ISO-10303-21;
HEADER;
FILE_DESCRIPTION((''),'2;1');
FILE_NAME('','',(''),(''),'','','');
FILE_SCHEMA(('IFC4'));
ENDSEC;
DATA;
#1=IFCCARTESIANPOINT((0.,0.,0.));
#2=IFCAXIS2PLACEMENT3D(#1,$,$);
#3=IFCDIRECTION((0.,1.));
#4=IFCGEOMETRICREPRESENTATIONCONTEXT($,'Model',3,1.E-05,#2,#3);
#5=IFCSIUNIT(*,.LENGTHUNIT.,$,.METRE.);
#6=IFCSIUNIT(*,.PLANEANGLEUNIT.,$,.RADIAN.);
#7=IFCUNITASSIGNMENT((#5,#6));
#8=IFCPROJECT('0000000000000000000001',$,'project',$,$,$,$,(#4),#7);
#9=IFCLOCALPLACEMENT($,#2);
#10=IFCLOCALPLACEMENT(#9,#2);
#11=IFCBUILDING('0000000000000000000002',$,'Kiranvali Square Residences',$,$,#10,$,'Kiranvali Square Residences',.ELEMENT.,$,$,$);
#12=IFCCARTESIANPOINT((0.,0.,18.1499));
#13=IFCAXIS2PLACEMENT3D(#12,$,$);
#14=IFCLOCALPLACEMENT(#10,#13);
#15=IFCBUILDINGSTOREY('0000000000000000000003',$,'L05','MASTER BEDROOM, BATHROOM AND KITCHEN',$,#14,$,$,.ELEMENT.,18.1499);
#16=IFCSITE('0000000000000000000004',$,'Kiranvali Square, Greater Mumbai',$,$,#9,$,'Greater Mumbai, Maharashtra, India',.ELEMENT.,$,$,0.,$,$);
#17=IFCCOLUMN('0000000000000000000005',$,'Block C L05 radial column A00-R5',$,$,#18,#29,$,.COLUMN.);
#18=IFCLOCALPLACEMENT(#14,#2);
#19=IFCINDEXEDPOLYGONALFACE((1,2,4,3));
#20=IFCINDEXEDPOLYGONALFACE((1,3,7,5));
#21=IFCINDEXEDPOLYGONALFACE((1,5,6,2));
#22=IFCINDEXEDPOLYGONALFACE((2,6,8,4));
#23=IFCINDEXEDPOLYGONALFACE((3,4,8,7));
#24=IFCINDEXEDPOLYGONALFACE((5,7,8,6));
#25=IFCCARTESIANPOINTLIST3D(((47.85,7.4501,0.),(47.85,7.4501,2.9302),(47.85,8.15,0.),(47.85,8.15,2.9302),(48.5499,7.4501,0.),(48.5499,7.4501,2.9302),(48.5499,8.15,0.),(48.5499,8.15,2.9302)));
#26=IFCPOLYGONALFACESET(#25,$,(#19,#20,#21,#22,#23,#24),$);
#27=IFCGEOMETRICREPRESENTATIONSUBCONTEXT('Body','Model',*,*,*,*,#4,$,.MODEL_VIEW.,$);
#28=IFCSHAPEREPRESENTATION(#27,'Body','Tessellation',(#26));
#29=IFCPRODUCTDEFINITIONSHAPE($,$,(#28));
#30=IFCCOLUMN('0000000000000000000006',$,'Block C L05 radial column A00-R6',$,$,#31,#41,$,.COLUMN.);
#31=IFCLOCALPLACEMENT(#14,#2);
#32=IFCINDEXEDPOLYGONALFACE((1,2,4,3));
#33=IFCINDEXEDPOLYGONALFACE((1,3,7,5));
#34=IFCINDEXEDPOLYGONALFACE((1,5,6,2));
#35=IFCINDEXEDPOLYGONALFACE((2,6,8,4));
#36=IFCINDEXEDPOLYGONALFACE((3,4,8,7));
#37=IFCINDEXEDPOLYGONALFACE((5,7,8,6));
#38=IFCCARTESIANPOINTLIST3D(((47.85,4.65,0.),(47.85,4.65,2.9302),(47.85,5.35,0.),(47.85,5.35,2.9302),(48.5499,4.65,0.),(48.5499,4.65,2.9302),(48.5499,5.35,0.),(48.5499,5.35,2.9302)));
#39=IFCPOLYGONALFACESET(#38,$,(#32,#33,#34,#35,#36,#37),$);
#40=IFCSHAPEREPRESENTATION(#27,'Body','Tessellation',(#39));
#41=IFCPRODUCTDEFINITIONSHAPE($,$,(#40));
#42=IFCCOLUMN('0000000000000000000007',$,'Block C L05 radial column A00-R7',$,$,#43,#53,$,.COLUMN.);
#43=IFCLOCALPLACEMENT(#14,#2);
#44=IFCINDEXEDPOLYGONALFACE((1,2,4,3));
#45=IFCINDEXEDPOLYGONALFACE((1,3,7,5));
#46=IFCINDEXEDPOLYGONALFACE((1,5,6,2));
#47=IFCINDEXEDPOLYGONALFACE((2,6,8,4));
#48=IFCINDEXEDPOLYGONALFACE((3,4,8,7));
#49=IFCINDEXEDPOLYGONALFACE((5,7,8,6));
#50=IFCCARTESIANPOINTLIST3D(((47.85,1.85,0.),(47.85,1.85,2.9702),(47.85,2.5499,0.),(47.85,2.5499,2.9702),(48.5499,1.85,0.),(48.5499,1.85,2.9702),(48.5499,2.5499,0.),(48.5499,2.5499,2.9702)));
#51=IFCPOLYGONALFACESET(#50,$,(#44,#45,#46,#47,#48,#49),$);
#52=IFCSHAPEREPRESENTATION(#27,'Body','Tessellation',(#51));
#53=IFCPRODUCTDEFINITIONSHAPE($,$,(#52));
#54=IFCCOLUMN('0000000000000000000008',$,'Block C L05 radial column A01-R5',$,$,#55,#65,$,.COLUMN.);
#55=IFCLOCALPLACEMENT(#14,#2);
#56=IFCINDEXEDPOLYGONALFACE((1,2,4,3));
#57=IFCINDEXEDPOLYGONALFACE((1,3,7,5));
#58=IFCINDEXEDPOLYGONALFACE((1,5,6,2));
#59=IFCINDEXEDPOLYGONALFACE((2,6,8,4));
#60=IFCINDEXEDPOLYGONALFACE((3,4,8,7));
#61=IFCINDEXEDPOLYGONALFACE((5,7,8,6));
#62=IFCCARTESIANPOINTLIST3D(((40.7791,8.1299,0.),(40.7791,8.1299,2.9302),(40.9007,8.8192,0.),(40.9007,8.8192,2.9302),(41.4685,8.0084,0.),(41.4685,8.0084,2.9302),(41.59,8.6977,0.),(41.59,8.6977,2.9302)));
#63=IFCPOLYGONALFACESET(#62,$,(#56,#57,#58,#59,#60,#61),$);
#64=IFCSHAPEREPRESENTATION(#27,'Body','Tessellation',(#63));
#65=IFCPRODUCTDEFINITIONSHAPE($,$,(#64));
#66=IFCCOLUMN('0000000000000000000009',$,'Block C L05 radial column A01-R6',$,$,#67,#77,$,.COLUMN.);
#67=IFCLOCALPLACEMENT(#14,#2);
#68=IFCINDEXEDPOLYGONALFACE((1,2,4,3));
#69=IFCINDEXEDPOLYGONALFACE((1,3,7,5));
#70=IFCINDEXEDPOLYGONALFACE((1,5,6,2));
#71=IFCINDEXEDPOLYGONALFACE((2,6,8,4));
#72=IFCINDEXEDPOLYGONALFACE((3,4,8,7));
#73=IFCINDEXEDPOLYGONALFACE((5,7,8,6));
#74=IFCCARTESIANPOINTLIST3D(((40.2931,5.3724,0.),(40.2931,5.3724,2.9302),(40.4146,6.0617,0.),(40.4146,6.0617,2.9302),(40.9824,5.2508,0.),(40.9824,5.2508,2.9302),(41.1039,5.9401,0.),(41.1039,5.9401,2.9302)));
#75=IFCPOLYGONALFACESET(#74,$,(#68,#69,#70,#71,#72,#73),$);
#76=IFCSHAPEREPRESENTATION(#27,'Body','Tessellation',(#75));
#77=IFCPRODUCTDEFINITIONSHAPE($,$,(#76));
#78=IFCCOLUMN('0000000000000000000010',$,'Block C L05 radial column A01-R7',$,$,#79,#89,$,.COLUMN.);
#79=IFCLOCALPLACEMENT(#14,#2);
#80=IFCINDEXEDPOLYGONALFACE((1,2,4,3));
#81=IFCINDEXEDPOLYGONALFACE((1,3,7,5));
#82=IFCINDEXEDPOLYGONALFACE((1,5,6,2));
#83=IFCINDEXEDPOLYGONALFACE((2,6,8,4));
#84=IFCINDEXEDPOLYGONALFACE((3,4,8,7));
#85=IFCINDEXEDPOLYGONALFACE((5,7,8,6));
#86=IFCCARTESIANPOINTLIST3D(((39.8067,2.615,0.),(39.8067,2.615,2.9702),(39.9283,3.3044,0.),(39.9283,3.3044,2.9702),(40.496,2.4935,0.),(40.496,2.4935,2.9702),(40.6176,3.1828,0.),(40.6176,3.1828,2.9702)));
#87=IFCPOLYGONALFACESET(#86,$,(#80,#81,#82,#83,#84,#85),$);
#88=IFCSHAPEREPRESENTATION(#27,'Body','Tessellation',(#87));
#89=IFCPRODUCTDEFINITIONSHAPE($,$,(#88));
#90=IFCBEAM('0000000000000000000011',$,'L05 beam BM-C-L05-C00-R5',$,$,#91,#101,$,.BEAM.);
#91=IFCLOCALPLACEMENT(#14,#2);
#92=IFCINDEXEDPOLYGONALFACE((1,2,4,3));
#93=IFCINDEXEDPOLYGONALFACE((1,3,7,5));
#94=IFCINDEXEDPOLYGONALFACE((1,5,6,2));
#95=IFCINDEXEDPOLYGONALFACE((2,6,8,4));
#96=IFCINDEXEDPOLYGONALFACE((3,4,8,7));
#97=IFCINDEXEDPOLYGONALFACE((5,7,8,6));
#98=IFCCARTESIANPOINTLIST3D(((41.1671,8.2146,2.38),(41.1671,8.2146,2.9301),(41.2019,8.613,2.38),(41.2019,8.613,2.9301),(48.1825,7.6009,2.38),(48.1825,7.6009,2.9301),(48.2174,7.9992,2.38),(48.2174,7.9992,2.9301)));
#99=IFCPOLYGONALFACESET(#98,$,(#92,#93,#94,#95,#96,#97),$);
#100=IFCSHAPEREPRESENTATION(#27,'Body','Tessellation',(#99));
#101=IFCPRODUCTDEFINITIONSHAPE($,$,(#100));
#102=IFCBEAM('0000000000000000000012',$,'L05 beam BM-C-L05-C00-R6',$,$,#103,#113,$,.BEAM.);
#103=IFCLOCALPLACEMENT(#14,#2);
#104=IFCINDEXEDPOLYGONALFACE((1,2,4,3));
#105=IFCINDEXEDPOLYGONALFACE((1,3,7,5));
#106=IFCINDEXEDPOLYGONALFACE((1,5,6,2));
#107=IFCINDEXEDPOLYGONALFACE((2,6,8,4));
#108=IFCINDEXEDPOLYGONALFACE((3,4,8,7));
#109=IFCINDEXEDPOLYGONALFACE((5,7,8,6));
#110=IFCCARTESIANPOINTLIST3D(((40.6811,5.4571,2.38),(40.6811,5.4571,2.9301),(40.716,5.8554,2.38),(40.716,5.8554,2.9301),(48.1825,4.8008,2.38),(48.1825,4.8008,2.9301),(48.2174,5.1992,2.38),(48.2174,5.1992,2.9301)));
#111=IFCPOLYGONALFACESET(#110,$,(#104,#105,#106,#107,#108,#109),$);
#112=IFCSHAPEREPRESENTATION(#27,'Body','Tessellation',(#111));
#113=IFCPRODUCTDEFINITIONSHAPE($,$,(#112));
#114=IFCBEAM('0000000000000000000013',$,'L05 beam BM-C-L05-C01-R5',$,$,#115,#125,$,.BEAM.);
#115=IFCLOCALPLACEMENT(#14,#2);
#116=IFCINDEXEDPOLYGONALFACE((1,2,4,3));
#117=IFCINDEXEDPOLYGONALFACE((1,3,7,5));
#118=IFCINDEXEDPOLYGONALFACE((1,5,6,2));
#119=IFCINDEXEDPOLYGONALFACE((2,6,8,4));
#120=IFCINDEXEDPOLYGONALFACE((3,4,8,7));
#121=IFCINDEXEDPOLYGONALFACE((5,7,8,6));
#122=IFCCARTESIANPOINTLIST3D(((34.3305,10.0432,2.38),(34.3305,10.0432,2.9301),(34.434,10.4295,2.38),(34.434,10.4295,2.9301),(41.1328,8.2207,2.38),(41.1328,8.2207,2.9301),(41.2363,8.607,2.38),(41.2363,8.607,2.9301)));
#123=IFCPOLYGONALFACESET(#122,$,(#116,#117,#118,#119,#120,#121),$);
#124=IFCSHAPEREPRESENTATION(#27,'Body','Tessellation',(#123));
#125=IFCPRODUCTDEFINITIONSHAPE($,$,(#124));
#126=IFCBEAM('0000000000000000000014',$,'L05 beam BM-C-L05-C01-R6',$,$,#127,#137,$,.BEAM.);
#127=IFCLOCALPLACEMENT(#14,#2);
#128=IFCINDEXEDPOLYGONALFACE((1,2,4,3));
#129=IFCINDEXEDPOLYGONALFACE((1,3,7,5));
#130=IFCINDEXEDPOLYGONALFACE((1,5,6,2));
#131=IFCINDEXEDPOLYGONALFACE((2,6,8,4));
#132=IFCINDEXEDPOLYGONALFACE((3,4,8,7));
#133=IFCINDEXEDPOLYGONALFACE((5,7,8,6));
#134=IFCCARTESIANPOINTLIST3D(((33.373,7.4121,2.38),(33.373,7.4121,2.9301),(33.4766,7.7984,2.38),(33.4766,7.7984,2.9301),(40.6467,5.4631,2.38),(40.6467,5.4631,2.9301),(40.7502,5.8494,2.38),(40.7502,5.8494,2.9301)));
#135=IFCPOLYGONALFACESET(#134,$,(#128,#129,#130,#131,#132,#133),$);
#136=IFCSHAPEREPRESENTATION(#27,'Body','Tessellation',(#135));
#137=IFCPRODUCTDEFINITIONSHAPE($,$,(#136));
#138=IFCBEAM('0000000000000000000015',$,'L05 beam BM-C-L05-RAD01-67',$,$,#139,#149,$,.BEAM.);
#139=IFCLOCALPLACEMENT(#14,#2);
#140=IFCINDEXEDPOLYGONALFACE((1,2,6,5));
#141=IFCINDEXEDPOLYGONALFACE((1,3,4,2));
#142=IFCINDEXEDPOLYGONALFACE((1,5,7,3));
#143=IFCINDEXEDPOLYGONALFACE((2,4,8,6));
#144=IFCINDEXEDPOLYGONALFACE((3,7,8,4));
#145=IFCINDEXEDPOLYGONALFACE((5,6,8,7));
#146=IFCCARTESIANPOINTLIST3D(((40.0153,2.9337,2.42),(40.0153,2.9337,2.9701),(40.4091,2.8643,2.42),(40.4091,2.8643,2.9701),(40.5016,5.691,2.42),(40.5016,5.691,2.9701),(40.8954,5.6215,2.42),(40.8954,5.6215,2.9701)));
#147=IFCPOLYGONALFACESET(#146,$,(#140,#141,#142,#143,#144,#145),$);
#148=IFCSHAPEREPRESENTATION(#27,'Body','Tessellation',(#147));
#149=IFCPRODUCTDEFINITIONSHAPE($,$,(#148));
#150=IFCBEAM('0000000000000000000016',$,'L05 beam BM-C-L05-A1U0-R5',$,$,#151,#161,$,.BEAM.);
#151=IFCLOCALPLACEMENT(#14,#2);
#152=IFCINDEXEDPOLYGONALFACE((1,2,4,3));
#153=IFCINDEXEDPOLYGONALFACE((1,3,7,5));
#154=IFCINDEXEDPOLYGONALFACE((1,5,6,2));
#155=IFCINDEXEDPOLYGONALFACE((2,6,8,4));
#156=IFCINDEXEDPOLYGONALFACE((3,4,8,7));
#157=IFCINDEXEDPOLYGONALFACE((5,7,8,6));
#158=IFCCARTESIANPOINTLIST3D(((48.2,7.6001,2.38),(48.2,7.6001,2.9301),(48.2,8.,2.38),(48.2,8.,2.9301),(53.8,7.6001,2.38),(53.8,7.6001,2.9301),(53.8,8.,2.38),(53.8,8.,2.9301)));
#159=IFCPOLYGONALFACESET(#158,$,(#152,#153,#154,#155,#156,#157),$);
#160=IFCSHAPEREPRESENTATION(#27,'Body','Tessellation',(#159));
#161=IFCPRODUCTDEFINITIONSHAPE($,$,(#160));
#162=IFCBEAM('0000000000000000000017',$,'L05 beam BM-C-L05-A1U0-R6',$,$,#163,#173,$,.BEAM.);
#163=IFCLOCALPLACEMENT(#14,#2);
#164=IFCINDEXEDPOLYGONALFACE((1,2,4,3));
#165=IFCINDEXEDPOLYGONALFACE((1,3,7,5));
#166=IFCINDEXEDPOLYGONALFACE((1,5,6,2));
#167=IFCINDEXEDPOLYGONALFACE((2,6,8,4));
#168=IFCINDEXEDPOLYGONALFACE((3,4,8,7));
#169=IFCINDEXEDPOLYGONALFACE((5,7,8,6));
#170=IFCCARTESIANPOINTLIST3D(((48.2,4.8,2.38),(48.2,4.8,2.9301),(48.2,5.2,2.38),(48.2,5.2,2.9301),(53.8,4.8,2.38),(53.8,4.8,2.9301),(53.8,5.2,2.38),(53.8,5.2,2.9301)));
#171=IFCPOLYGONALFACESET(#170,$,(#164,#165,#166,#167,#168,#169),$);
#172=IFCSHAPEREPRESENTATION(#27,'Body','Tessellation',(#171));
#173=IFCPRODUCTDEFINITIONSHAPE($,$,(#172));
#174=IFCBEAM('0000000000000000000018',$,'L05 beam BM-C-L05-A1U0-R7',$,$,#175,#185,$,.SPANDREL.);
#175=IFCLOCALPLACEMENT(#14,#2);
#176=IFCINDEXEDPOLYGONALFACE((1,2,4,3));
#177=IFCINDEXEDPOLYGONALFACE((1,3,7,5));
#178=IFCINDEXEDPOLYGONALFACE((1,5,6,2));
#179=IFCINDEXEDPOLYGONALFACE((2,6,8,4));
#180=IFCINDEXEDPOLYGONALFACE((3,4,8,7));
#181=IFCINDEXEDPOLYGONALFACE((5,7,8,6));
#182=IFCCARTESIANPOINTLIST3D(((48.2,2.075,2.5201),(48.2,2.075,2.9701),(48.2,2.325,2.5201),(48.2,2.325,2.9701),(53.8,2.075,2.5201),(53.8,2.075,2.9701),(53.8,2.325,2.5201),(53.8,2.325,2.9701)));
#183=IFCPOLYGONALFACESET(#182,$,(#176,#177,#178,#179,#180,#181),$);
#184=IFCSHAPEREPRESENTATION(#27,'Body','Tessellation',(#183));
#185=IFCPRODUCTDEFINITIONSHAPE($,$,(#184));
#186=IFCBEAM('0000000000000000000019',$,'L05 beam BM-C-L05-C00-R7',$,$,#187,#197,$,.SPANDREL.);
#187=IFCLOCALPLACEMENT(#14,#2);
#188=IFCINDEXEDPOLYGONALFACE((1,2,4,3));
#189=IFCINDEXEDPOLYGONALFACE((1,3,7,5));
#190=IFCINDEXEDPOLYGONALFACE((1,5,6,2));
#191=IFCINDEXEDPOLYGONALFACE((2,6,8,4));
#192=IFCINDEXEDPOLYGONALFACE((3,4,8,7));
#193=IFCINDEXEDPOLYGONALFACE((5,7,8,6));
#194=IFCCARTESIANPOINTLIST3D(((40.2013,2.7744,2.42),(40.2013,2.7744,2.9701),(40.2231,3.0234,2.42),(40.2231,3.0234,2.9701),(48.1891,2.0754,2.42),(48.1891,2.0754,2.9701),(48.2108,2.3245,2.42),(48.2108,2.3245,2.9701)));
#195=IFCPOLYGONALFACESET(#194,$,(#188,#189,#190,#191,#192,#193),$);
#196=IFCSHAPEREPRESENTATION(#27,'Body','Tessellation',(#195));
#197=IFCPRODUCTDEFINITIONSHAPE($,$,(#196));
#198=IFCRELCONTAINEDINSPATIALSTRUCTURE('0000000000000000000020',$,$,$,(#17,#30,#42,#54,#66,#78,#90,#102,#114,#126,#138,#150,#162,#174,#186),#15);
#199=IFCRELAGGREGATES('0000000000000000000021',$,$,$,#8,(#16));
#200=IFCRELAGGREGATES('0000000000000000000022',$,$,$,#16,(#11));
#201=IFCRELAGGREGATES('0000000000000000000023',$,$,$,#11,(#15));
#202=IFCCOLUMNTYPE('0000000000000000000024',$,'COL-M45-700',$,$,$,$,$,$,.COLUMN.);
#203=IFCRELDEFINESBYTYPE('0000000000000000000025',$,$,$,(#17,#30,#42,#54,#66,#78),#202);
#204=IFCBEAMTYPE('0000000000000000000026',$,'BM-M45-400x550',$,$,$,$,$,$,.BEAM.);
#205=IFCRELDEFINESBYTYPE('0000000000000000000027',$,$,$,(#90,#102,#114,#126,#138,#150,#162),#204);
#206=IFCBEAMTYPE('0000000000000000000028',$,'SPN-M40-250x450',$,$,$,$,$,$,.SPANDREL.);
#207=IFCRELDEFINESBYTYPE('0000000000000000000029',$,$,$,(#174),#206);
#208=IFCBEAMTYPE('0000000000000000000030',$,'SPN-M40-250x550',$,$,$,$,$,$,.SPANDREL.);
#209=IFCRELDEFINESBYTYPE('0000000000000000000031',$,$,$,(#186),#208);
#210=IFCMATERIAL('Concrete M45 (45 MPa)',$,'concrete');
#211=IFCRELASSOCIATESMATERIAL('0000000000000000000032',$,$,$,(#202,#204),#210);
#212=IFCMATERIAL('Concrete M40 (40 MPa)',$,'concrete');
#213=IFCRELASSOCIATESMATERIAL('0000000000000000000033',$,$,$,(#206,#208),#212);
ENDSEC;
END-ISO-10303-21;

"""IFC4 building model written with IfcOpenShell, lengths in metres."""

from ifc_helpers import new_model, si_unit, direction, frame, origin, origin_2d, place, context, subcontext, project, spatial, rectangle, extrude, material, material_profile, profile_set, type_object, element, save


model = new_model("IFC4")

# Units and contexts
model_context = context("Model", 3, precision=1e-05, world=origin(), true_north=direction((0.0, 1.0)))
body_context = subcontext(model_context, "Body", "Model", "MODEL_VIEW")
ifc_project = project(units=[si_unit("LENGTHUNIT", "METRE"), si_unit("PLANEANGLEUNIT", "RADIAN")], contexts=[model_context])

# Site, building, storey
site_placement = place(None, origin())
site = spatial("IfcSite", under=ifc_project, at=site_placement, Name="Kiranvali Square, Greater Mumbai", LongName="Greater Mumbai, Maharashtra, India", CompositionType="ELEMENT", RefElevation=0.0)
building_placement = place(site_placement, origin())
building = spatial("IfcBuilding", under=site, at=building_placement, Name="Kiranvali Square Residences", LongName="Kiranvali Square Residences", CompositionType="ELEMENT")
storey_placement = place(building_placement, frame((0.0, 0.0, 18.1499)))
storey = spatial("IfcBuildingStorey", under=building, at=storey_placement, Name="L05", Description="MASTER BEDROOM, BATHROOM AND KITCHEN", CompositionType="ELEMENT", Elevation=18.1499)

# Columns
ifc_material_1 = material(Name="Concrete M45 (45 MPa)", Category="concrete")
ifc_material_profile_1 = material_profile(ifc_material_1, rectangle(XDim=0.7, YDim=0.7, at=origin_2d()), Name="RC 700x700")
ifc_profile_set_1 = profile_set([ifc_material_profile_1], Name="Concrete M45 (45 MPa)")
column_type = type_object("IfcColumnType", Name="COL-M45-700", PredefinedType="COLUMN", material=ifc_profile_set_1)
for number, where, z_axis, x_axis, name in (
    (1, (48.2, 7.8, 0.0), (0.0, 0.0, 1.0), (1.0, 0.0, 0.0), "Block C L05 radial column A00-R5"),
    (2, (48.2, 5.0, 0.0), (0.0, 0.0, 1.0), (1.0, 0.0, 0.0), "Block C L05 radial column A00-R6"),
):
    element("IfcColumn", number, at=place(storey_placement, frame(where, z_axis=z_axis, x_axis=x_axis)), inside=storey, type_object=column_type, Name=name, PredefinedType="COLUMN", context=body_context, shape_type="SweptSolid", body=[
        extrude(rectangle(XDim=0.7, YDim=0.7, at=origin_2d()), origin(), (0.0, 0.0, 1.0), 2.9302),
    ])
column_1_placement = place(storey_placement, frame((48.2, 2.2, 0.0), z_axis=(0.0, 0.0, 1.0), x_axis=(1.0, 0.0, 0.0)))
element("IfcColumn", 3, at=column_1_placement, inside=storey, type_object=column_type, Name="Block C L05 radial column A00-R7", PredefinedType="COLUMN", context=body_context, shape_type="SweptSolid", body=[
    extrude(rectangle(XDim=0.7, YDim=0.7, at=origin_2d()), origin(), (0.0, 0.0, 1.0), 2.9702),
])
for number, where, z_axis, x_axis, name in (
    (4, (41.1846, 8.4138, 0.0), (0.0, 0.0, 1.0), (-0.984808, 0.173648, 0.0), "Block C L05 radial column A01-R5"),
    (5, (40.6985, 5.6562, 0.0), (0.0, 0.0, 1.0), (-0.984808, 0.173648, 0.0), "Block C L05 radial column A01-R6"),
):
    element("IfcColumn", number, at=place(storey_placement, frame(where, z_axis=z_axis, x_axis=x_axis)), inside=storey, type_object=column_type, Name=name, PredefinedType="COLUMN", context=body_context, shape_type="SweptSolid", body=[
        extrude(rectangle(XDim=0.7, YDim=0.7, at=origin_2d()), origin(), (0.0, 0.0, 1.0), 2.9302),
    ])
column_2_placement = place(storey_placement, frame((40.2122, 2.8989, 0.0), z_axis=(0.0, 0.0, 1.0), x_axis=(-0.984808, 0.173648, 0.0)))
element("IfcColumn", 6, at=column_2_placement, inside=storey, type_object=column_type, Name="Block C L05 radial column A01-R7", PredefinedType="COLUMN", context=body_context, shape_type="SweptSolid", body=[
    extrude(rectangle(XDim=0.7, YDim=0.7, at=origin_2d()), origin(), (0.0, 0.0, 1.0), 2.9702),
])

# Beams
ifc_material_profile_2 = material_profile(ifc_material_1, rectangle(XDim=0.3999, YDim=0.55, at=origin_2d()), Name="RC 400x550")
ifc_profile_set_2 = profile_set([ifc_material_profile_2], Name="Concrete M45 (45 MPa)")
beam_type_1 = type_object("IfcBeamType", Name="BM-M45-400x550", PredefinedType="BEAM", material=ifc_profile_set_2)
beam_1_placement = place(storey_placement, frame((48.2, 7.8, 2.655), z_axis=(-0.996195, 0.087156, 0.0), x_axis=(-0.087156, -0.996195, 0.0)))
element("IfcBeam", 7, at=beam_1_placement, inside=storey, type_object=beam_type_1, Name="L05 beam BM-C-L05-C00-R5", PredefinedType="BEAM", context=body_context, shape_type="SweptSolid", body=[
    extrude(rectangle(XDim=0.3999, YDim=0.55, at=origin_2d()), origin(), (0.0, 0.0, 1.0), 7.0422),
])
beam_2_placement = place(storey_placement, frame((48.2, 5.0, 2.655), z_axis=(-0.996195, 0.08715, 0.0), x_axis=(-0.08715, -0.996195, 0.0)))
element("IfcBeam", 8, at=beam_2_placement, inside=storey, type_object=beam_type_1, Name="L05 beam BM-C-L05-C00-R6", PredefinedType="BEAM", context=body_context, shape_type="SweptSolid", body=[
    extrude(rectangle(XDim=0.3999, YDim=0.55, at=origin_2d()), origin(), (0.0, 0.0, 1.0), 7.53),
])
beam_3_placement = place(storey_placement, frame((41.1846, 8.4138, 2.655), z_axis=(-0.965931, 0.2588, 0.0), x_axis=(-0.2588, -0.965931, 0.0)))
element("IfcBeam", 9, at=beam_3_placement, inside=storey, type_object=beam_type_1, Name="L05 beam BM-C-L05-C01-R5", PredefinedType="BEAM", context=body_context, shape_type="SweptSolid", body=[
    extrude(rectangle(XDim=0.3999, YDim=0.55, at=origin_2d()), origin(), (0.0, 0.0, 1.0), 7.0422),
])
beam_4_placement = place(storey_placement, frame((40.6985, 5.6562, 2.655), z_axis=(-0.965926, 0.258819, 0.0), x_axis=(-0.258819, -0.965926, 0.0)))
element("IfcBeam", 10, at=beam_4_placement, inside=storey, type_object=beam_type_1, Name="L05 beam BM-C-L05-C01-R6", PredefinedType="BEAM", context=body_context, shape_type="SweptSolid", body=[
    extrude(rectangle(XDim=0.3999, YDim=0.55, at=origin_2d()), origin(), (0.0, 0.0, 1.0), 7.5303),
])
beam_5_placement = place(storey_placement, frame((40.6985, 5.6562, 2.6951), z_axis=(-0.173696, -0.984799, 0.0), x_axis=(0.984799, -0.173696, 0.0)))
element("IfcBeam", 11, at=beam_5_placement, inside=storey, type_object=beam_type_1, Name="L05 beam BM-C-L05-RAD01-67", PredefinedType="BEAM", context=body_context, shape_type="SweptSolid", body=[
    extrude(rectangle(XDim=0.3999, YDim=0.55, at=origin_2d()), origin(), (0.0, 0.0, 1.0), 2.7998),
])
for number, where, z_axis, x_axis, name in (
    (12, (48.2, 7.8, 2.655), (1.0, 0.0, 0.0), (0.0, 1.0, 0.0), "L05 beam BM-C-L05-A1U0-R5"),
    (13, (48.2, 5.0, 2.655), (1.0, 0.0, 0.0), (0.0, 1.0, 0.0), "L05 beam BM-C-L05-A1U0-R6"),
):
    element("IfcBeam", number, at=place(storey_placement, frame(where, z_axis=z_axis, x_axis=x_axis)), inside=storey, type_object=beam_type_1, Name=name, PredefinedType="BEAM", context=body_context, shape_type="SweptSolid", body=[
        extrude(rectangle(XDim=0.3999, YDim=0.55, at=origin_2d()), origin(), (0.0, 0.0, 1.0), 5.6001),
    ])
ifc_material_2 = material(Name="Concrete M40 (40 MPa)", Category="concrete")
ifc_material_profile_3 = material_profile(ifc_material_2, rectangle(XDim=0.25, YDim=0.45, at=origin_2d()), Name="RC 250x450")
ifc_profile_set_3 = profile_set([ifc_material_profile_3], Name="Concrete M40 (40 MPa)")
beam_type_2 = type_object("IfcBeamType", Name="SPN-M40-250x450", PredefinedType="SPANDREL", material=ifc_profile_set_3)
beam_6_placement = place(storey_placement, frame((48.2, 2.2, 2.7451), z_axis=(1.0, 0.0, 0.0), x_axis=(0.0, 1.0, 0.0)))
element("IfcBeam", 14, at=beam_6_placement, inside=storey, type_object=beam_type_2, Name="L05 beam BM-C-L05-A1U0-R7", PredefinedType="SPANDREL", context=body_context, shape_type="SweptSolid", body=[
    extrude(rectangle(XDim=0.25, YDim=0.45, at=origin_2d()), origin(), (0.0, 0.0, 1.0), 5.6001),
])
ifc_material_profile_4 = material_profile(ifc_material_2, rectangle(XDim=0.25, YDim=0.55, at=origin_2d()), Name="RC 250x550")
ifc_profile_set_4 = profile_set([ifc_material_profile_4], Name="Concrete M40 (40 MPa)")
beam_type_3 = type_object("IfcBeamType", Name="SPN-M40-250x550", PredefinedType="SPANDREL", material=ifc_profile_set_4)
for number, where, z_axis, x_axis, name in (
    (15, (48.2, 2.2, 2.6951), (-0.996193, 0.087172, 0.0), (-0.087172, -0.996193, 0.0), "L05 beam BM-C-L05-C00-R7"),
):
    element("IfcBeam", number, at=place(storey_placement, frame(where, z_axis=z_axis, x_axis=x_axis)), inside=storey, type_object=beam_type_3, Name=name, PredefinedType="SPANDREL", context=body_context, shape_type="SweptSolid", body=[
        extrude(rectangle(XDim=0.25, YDim=0.55, at=origin_2d()), origin(), (0.0, 0.0, 1.0), 8.0183),
    ])

save(model, "model.ifc")
